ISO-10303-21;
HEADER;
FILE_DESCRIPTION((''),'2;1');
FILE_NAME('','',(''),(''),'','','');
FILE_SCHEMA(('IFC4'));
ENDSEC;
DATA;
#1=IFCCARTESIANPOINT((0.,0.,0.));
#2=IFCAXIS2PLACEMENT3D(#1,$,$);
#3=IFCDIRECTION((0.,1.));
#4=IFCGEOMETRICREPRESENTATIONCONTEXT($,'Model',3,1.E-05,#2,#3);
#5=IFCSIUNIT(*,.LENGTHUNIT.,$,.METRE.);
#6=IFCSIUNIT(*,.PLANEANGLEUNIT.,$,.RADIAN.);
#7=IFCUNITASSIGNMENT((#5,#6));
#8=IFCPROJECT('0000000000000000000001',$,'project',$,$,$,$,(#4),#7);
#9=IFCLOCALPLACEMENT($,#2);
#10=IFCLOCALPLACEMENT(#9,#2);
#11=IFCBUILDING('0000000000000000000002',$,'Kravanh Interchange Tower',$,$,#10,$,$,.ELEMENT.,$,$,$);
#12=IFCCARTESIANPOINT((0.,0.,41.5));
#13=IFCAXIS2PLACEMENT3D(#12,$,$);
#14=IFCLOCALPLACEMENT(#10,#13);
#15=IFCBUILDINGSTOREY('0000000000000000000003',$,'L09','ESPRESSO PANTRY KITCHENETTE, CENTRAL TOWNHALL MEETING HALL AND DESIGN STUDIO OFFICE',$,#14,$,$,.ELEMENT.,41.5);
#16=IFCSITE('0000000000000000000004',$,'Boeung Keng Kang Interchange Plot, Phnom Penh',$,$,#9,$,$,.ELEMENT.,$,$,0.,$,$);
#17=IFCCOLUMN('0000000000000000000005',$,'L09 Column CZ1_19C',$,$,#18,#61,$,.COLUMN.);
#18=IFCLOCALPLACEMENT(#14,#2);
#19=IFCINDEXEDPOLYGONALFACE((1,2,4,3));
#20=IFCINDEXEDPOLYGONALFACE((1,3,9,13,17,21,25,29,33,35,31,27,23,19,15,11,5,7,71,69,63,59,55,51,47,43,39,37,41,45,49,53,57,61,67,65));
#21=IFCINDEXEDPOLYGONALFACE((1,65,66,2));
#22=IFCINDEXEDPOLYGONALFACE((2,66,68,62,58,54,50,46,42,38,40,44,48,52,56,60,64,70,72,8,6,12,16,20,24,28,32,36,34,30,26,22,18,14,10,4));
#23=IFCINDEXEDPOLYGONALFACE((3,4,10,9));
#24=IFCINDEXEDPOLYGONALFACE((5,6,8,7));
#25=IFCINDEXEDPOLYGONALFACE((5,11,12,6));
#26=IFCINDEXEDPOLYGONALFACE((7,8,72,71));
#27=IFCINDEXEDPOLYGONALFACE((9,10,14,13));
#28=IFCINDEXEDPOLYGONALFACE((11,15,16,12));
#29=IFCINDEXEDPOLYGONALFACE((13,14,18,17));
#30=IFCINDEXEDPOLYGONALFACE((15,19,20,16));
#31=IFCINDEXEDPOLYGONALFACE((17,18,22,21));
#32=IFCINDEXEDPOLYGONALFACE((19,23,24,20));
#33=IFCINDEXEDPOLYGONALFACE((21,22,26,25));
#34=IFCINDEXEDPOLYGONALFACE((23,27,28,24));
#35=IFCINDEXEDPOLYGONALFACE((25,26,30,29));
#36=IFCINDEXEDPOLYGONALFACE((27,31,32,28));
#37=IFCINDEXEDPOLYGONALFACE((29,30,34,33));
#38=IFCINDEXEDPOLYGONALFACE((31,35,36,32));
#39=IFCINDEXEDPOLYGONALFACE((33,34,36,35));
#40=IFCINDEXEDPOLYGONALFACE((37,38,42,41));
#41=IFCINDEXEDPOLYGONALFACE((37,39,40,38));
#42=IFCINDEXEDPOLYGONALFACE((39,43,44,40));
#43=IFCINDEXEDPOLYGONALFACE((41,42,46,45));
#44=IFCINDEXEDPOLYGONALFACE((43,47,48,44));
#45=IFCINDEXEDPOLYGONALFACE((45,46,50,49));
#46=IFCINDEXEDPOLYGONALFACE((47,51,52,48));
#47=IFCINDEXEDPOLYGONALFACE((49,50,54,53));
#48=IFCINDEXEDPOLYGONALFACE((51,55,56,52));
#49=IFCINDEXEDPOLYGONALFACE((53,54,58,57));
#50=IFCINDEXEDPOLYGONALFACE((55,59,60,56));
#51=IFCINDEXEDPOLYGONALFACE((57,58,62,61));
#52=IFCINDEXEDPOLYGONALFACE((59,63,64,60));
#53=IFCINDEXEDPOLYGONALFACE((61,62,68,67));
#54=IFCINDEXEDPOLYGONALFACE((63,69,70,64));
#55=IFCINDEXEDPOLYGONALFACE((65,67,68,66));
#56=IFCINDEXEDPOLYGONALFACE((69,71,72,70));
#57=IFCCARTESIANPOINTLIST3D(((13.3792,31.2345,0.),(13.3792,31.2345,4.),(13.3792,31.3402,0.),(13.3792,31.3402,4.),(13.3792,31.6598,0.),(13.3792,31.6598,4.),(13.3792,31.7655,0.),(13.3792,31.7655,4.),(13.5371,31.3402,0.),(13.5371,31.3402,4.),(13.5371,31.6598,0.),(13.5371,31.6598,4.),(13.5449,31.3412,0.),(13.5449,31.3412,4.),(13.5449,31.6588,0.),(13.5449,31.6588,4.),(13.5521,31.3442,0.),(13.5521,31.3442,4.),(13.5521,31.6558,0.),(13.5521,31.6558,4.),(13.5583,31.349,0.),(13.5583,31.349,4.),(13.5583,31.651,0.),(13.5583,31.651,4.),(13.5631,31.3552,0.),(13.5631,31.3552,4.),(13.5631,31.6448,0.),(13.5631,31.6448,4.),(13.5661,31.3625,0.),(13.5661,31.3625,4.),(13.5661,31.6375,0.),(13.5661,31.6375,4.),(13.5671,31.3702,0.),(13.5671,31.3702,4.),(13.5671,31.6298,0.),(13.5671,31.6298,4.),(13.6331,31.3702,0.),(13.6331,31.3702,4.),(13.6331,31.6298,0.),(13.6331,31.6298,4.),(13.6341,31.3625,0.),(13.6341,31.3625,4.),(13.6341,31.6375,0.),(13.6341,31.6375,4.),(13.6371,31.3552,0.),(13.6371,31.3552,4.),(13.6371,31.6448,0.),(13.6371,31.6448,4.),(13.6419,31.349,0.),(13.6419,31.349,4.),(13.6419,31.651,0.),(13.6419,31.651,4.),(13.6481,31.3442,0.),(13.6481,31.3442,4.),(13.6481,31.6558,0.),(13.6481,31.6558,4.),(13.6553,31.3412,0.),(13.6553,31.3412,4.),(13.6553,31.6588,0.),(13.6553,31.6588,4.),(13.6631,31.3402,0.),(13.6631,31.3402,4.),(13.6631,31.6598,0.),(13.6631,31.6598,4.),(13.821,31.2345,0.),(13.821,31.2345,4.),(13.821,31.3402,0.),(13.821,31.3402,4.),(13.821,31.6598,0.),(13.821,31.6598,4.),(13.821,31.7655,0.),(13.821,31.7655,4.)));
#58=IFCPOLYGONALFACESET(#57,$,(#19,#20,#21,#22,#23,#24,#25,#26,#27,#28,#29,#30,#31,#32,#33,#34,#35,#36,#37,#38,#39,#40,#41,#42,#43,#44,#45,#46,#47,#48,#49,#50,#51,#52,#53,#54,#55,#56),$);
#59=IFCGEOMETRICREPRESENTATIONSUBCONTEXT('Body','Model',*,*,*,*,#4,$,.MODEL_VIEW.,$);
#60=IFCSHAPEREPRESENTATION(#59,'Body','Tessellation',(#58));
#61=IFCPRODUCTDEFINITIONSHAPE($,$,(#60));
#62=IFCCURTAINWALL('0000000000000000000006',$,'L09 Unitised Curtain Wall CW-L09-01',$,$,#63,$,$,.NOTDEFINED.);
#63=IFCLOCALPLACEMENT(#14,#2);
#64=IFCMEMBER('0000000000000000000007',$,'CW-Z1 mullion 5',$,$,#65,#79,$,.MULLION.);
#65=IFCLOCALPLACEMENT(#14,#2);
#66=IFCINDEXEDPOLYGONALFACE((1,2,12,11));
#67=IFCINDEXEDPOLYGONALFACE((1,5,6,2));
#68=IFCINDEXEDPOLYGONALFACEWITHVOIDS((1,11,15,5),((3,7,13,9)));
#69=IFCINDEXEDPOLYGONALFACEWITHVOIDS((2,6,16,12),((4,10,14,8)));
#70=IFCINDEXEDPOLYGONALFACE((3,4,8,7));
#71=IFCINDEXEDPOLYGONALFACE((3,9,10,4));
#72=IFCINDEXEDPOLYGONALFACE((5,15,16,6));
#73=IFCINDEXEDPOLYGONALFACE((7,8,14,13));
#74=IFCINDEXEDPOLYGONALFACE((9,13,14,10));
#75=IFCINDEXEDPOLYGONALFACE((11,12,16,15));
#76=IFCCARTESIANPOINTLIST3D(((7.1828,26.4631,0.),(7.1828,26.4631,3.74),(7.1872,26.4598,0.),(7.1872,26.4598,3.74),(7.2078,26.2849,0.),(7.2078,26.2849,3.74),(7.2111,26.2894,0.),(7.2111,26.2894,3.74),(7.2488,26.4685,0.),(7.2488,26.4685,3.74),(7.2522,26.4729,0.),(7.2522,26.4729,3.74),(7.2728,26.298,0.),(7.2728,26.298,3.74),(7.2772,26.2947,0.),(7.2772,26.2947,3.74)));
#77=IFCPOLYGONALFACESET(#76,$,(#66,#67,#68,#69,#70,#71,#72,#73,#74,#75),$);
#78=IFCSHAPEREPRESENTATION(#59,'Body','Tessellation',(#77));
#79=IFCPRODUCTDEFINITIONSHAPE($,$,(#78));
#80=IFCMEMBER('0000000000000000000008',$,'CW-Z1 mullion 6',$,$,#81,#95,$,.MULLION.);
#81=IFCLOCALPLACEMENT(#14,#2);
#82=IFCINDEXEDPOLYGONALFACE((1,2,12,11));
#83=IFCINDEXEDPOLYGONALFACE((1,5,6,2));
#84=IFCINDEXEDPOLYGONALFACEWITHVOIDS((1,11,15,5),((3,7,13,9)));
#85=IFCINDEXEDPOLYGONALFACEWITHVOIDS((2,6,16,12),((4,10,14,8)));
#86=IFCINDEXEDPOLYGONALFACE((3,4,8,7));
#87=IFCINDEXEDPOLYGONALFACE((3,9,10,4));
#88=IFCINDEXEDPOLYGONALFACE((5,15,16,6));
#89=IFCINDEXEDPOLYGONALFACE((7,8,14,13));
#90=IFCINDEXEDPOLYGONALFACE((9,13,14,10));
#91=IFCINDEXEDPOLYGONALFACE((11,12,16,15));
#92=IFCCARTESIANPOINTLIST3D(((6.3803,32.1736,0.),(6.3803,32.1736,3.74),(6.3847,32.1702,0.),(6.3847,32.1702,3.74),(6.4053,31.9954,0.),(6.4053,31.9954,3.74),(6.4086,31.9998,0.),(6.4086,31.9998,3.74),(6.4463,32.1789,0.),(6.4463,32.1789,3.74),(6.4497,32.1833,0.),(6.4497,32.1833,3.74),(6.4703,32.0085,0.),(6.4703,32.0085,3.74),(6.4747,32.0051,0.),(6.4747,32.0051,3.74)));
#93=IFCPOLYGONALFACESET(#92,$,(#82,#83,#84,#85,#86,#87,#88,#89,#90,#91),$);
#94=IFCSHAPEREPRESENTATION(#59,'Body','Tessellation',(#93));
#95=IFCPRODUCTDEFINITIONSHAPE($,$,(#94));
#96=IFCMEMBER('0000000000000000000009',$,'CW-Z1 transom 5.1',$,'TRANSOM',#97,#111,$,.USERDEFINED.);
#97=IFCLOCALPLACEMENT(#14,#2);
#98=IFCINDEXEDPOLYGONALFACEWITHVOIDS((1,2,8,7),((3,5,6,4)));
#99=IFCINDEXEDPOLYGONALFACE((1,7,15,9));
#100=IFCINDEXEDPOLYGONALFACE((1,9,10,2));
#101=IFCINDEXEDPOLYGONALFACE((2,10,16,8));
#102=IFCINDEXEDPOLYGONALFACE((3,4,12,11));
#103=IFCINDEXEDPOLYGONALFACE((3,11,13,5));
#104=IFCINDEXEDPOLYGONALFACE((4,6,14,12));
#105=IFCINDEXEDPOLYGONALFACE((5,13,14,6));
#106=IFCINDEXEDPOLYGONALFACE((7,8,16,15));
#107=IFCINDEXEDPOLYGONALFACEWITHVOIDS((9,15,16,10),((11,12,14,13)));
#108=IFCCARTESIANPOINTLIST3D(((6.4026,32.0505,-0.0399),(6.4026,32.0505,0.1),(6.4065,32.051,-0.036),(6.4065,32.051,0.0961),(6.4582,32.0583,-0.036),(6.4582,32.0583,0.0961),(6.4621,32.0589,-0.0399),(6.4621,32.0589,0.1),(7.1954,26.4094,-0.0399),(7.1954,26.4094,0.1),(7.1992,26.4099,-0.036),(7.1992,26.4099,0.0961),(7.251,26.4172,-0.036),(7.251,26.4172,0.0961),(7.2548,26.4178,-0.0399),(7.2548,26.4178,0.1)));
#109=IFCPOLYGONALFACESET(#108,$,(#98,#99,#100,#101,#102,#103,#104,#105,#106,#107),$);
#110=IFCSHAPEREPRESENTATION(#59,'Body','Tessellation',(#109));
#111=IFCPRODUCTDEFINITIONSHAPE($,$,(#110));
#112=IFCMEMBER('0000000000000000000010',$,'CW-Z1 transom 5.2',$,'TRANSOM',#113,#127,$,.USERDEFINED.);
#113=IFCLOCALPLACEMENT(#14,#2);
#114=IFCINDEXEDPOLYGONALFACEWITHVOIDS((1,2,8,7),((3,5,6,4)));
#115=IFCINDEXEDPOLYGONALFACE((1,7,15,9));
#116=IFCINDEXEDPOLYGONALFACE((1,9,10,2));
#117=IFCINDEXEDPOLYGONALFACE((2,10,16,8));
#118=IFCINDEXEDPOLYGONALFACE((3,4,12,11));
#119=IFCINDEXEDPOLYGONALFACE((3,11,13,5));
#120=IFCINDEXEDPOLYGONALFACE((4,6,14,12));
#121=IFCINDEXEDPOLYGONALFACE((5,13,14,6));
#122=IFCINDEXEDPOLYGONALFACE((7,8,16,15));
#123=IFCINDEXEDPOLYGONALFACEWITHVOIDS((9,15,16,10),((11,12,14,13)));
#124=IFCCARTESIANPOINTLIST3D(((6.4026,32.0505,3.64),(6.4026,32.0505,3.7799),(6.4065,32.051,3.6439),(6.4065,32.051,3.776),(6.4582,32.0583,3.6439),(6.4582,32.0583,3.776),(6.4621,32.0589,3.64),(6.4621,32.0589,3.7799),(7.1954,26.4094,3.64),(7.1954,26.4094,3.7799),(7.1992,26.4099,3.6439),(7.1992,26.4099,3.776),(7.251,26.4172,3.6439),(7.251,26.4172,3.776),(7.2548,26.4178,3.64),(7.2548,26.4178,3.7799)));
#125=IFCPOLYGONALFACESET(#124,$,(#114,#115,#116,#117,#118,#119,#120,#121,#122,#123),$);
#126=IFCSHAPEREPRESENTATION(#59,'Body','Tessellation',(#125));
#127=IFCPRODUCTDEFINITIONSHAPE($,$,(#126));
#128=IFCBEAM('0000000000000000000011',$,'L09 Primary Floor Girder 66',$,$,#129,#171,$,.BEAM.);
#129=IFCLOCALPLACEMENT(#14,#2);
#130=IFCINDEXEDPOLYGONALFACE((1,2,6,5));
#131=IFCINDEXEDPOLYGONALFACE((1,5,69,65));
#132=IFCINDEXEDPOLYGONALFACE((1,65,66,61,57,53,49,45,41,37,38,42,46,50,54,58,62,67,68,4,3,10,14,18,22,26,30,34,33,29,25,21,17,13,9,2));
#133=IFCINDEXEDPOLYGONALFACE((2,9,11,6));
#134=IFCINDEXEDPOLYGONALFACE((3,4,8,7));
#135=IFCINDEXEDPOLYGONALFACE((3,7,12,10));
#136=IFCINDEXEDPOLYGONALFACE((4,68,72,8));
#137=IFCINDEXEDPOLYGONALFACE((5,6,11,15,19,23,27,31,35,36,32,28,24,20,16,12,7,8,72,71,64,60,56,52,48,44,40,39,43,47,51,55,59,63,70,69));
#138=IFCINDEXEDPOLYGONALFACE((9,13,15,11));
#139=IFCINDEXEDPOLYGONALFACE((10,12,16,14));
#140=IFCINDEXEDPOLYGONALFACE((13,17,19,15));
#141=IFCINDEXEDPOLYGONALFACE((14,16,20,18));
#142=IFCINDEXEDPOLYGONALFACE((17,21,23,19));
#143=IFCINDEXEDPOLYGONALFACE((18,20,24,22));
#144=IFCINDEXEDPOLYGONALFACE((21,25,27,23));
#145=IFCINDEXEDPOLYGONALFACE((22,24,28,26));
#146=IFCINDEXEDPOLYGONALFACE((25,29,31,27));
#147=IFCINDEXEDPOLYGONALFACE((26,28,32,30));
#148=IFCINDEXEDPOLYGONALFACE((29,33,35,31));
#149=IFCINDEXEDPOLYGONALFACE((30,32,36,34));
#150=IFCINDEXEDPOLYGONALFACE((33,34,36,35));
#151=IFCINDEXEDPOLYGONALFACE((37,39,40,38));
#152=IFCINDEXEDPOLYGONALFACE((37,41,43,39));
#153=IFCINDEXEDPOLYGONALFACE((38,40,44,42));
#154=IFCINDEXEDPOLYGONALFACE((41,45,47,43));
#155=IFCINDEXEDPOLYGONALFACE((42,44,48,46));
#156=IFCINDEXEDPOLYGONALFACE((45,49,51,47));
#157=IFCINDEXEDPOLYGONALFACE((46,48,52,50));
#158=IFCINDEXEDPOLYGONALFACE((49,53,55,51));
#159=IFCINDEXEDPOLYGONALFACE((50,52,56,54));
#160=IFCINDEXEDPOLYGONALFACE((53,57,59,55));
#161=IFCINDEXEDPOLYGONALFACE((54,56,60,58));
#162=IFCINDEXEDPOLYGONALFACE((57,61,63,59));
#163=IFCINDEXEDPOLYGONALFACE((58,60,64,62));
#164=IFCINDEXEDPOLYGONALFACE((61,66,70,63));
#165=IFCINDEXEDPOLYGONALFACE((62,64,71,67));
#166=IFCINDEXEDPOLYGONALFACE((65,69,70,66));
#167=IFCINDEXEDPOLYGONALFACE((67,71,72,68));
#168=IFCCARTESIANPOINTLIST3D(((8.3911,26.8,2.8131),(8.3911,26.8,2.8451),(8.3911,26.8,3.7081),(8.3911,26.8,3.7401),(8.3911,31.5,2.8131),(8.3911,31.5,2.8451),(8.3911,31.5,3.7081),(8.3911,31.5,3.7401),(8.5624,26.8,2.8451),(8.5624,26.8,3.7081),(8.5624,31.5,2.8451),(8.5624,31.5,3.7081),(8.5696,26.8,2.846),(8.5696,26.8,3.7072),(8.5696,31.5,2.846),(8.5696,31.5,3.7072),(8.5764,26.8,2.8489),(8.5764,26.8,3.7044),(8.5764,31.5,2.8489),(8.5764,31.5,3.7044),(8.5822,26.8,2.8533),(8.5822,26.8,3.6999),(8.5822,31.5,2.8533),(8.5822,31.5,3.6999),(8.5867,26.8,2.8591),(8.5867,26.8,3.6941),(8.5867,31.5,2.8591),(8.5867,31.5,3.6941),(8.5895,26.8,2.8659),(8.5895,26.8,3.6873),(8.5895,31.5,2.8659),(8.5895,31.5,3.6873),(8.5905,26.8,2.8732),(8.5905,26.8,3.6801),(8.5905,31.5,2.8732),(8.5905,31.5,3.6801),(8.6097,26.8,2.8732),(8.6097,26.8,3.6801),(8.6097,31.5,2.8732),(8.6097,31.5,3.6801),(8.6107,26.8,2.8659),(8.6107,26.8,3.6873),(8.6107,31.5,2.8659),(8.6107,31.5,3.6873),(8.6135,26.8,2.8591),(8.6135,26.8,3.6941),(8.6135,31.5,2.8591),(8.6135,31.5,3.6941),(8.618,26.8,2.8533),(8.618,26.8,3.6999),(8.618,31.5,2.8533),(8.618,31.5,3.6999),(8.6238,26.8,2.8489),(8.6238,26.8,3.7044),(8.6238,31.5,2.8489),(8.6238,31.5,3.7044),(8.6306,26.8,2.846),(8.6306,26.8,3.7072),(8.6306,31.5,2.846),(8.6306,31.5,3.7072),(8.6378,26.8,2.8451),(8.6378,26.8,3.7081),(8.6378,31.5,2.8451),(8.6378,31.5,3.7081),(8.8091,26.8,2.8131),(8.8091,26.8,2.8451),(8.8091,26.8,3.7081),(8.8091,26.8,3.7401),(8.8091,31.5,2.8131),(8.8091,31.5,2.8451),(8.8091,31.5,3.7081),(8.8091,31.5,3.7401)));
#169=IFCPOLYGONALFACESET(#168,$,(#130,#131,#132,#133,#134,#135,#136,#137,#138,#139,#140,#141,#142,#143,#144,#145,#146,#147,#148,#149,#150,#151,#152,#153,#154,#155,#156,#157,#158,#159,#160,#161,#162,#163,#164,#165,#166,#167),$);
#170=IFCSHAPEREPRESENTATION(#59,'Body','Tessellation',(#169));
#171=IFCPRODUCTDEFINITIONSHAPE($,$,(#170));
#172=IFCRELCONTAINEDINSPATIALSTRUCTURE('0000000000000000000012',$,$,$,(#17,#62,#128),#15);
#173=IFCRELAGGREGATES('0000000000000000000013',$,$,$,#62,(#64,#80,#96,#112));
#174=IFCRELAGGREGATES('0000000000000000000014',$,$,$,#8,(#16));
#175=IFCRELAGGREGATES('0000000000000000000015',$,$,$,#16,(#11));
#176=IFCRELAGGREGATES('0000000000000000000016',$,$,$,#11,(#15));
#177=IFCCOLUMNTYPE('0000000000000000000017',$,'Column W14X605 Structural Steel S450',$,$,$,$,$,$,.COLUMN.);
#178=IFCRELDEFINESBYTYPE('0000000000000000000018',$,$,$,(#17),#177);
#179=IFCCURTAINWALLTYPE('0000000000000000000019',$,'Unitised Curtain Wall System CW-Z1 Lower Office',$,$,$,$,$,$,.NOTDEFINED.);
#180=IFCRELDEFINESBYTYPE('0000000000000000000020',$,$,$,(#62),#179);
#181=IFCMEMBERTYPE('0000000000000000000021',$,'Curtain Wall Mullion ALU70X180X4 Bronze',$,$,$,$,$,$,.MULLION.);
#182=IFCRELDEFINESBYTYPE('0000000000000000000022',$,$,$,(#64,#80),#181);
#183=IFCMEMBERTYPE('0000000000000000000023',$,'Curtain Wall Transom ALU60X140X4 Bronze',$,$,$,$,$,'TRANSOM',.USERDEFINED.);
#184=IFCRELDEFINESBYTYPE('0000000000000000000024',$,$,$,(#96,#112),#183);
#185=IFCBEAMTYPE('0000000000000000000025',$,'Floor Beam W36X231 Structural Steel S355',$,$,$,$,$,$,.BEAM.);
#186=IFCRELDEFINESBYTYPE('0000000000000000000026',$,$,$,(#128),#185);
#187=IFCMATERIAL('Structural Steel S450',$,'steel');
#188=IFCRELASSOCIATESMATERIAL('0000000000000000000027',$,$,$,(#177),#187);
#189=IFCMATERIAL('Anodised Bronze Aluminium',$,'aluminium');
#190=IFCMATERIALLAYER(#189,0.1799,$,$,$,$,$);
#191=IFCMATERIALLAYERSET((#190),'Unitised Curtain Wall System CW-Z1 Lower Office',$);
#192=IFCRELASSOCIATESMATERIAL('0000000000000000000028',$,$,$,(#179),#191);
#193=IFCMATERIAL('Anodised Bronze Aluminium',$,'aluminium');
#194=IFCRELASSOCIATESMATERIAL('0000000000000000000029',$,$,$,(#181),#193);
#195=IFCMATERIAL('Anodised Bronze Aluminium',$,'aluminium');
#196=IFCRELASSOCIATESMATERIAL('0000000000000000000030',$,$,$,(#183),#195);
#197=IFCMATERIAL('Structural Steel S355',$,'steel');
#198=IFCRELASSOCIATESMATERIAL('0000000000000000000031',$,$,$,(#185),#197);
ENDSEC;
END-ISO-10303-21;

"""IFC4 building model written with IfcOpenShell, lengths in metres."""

from ifc_helpers import new_model, si_unit, direction, frame, origin, origin_2d, place, context, subcontext, project, spatial, hollow_rectangle, i_section, extrude, material, layer, layer_set, material_profile, profile_set, type_object, element, aggregate, save


model = new_model("IFC4")

# Units and contexts
model_context = context("Model", 3, precision=1e-05, world=origin(), true_north=direction((0.0, 1.0)))
body_context = subcontext(model_context, "Body", "Model", "MODEL_VIEW")
ifc_project = project(units=[si_unit("LENGTHUNIT", "METRE"), si_unit("PLANEANGLEUNIT", "RADIAN")], contexts=[model_context])

# Site, building, storey
site_placement = place(None, origin())
site = spatial("IfcSite", under=ifc_project, at=site_placement, Name="Boeung Keng Kang Interchange Plot, Phnom Penh", CompositionType="ELEMENT", RefElevation=0.0)
building_placement = place(site_placement, origin())
building = spatial("IfcBuilding", under=site, at=building_placement, Name="Kravanh Interchange Tower", CompositionType="ELEMENT")
storey_placement = place(building_placement, frame((0.0, 0.0, 41.5)))
storey = spatial("IfcBuildingStorey", under=building, at=storey_placement, Name="L09", Description="ESPRESSO PANTRY KITCHENETTE, CENTRAL TOWNHALL MEETING HALL AND DESIGN STUDIO OFFICE", CompositionType="ELEMENT", Elevation=41.5)

# Column
ifc_material_1 = material(Name="Structural Steel S450", Category="steel")
ifc_material_profile_1 = material_profile(ifc_material_1, i_section(OverallWidth=0.4419, OverallDepth=0.531, WebThickness=0.0659, FlangeThickness=0.1057, FilletRadius=0.03, at=origin_2d()), Name="W14X605")
ifc_profile_set_1 = profile_set([ifc_material_profile_1], Name="Structural Steel S450")
column_type = type_object("IfcColumnType", Name="Column W14X605 Structural Steel S450", PredefinedType="COLUMN", material=ifc_profile_set_1)
for number, where, z_axis, x_axis, name in (
    (1, (13.6001, 31.5, 0.0), (0.0, 0.0, 1.0), (1.0, 0.0, 0.0), "L09 Column CZ1_19C"),
):
    element("IfcColumn", number, at=place(storey_placement, frame(where, z_axis=z_axis, x_axis=x_axis)), inside=storey, type_object=column_type, Name=name, PredefinedType="COLUMN", context=body_context, shape_type="SweptSolid", body=[
        extrude(i_section(OverallWidth=0.4419, OverallDepth=0.531, WebThickness=0.0659, FlangeThickness=0.1057, FilletRadius=0.03, at=origin_2d()), origin(), (0.0, 0.0, 1.0), 4.0),
    ])

# Curtain wall, members
ifc_material_2 = material(Name="Anodised Bronze Aluminium", Category="aluminium")
ifc_layer_1 = layer(ifc_material_2, 0.1799)
ifc_layer_set_1 = layer_set([ifc_layer_1], Name="Unitised Curtain Wall System CW-Z1 Lower Office")
curtain_wall_type = type_object("IfcCurtainWallType", Name="Unitised Curtain Wall System CW-Z1 Lower Office", PredefinedType="NOTDEFINED", material=ifc_layer_set_1)
curtain_wall_placement = place(storey_placement, origin())
curtain_wall = element("IfcCurtainWall", 2, at=curtain_wall_placement, inside=storey, type_object=curtain_wall_type, Name="L09 Unitised Curtain Wall CW-L09-01", PredefinedType="NOTDEFINED")
ifc_material_3 = material(Name="Anodised Bronze Aluminium", Category="aluminium")
ifc_material_profile_2 = material_profile(ifc_material_3, hollow_rectangle(XDim=0.0701, YDim=0.1799, WallThickness=0.0039, at=origin_2d()), Name="ALU70X180X4")
ifc_profile_set_2 = profile_set([ifc_material_profile_2], Name="Anodised Bronze Aluminium")
member_type_1 = type_object("IfcMemberType", Name="Curtain Wall Mullion ALU70X180X4 Bronze", PredefinedType="MULLION", material=ifc_profile_set_2)
member_1_placement = place(storey_placement, frame((7.23, 26.3789, 0.0), z_axis=(0.0, 0.0, 1.0), x_axis=(-0.990268, -0.139177, 0.0)))
member_1 = element("IfcMember", 3, at=member_1_placement, type_object=member_type_1, Name="CW-Z1 mullion 5", PredefinedType="MULLION", context=body_context, shape_type="SweptSolid", body=[
    extrude(hollow_rectangle(XDim=0.0701, YDim=0.1799, WallThickness=0.0039, at=origin_2d()), origin(), (0.0, 0.0, 1.0), 3.74),
])
member_2_placement = place(storey_placement, frame((6.4275, 32.0894, 0.0), z_axis=(0.0, 0.0, 1.0), x_axis=(-0.990268, -0.139177, 0.0)))
member_2 = element("IfcMember", 4, at=member_2_placement, type_object=member_type_1, Name="CW-Z1 mullion 6", PredefinedType="MULLION", context=body_context, shape_type="SweptSolid", body=[
    extrude(hollow_rectangle(XDim=0.0701, YDim=0.1799, WallThickness=0.0039, at=origin_2d()), origin(), (0.0, 0.0, 1.0), 3.74),
])
ifc_material_4 = material(Name="Anodised Bronze Aluminium", Category="aluminium")
ifc_material_profile_3 = material_profile(ifc_material_4, hollow_rectangle(XDim=0.0601, YDim=0.1399, WallThickness=0.0039, at=origin_2d()), Name="ALU60X140X4")
ifc_profile_set_3 = profile_set([ifc_material_profile_3], Name="Anodised Bronze Aluminium")
member_type_2 = type_object("IfcMemberType", Name="Curtain Wall Transom ALU60X140X4 Bronze", ElementType="TRANSOM", PredefinedType="USERDEFINED", material=ifc_profile_set_3)
member_3_placement = place(storey_placement, frame((7.2251, 26.4136, 0.03), z_axis=(-0.139159, 0.99027, 0.0), x_axis=(-0.99027, -0.139159, 0.0)))
member_3 = element("IfcMember", 5, at=member_3_placement, type_object=member_type_2, Name="CW-Z1 transom 5.1", ObjectType="TRANSOM", PredefinedType="USERDEFINED", context=body_context, shape_type="SweptSolid", body=[
    extrude(hollow_rectangle(XDim=0.0601, YDim=0.1399, WallThickness=0.0039, at=origin_2d()), origin(), (0.0, 0.0, 1.0), 5.6965),
])
member_4_placement = place(storey_placement, frame((7.2251, 26.4136, 3.71), z_axis=(-0.139159, 0.99027, 0.0), x_axis=(-0.99027, -0.139159, 0.0)))
member_4 = element("IfcMember", 6, at=member_4_placement, type_object=member_type_2, Name="CW-Z1 transom 5.2", ObjectType="TRANSOM", PredefinedType="USERDEFINED", context=body_context, shape_type="SweptSolid", body=[
    extrude(hollow_rectangle(XDim=0.0601, YDim=0.1399, WallThickness=0.0039, at=origin_2d()), origin(), (0.0, 0.0, 1.0), 5.6965),
])

# Beam
ifc_material_5 = material(Name="Structural Steel S355", Category="steel")
ifc_material_profile_4 = material_profile(ifc_material_5, i_section(OverallWidth=0.418, OverallDepth=0.927, WebThickness=0.0193, FlangeThickness=0.032, FilletRadius=0.0281, at=origin_2d()), Name="W36X231")
ifc_profile_set_4 = profile_set([ifc_material_profile_4], Name="Structural Steel S355")
beam_type_1 = type_object("IfcBeamType", Name="Floor Beam W36X231 Structural Steel S355", PredefinedType="BEAM", material=ifc_profile_set_4)
beam_1_placement = place(storey_placement, frame((8.6001, 26.8, 3.2766), z_axis=(0.0, 1.0, 0.0), x_axis=(-1.0, 0.0, 0.0)))
element("IfcBeam", 7, at=beam_1_placement, inside=storey, type_object=beam_type_1, Name="L09 Primary Floor Girder 66", PredefinedType="BEAM", context=body_context, shape_type="SweptSolid", body=[
    extrude(i_section(OverallWidth=0.418, OverallDepth=0.927, WebThickness=0.0193, FlangeThickness=0.032, FilletRadius=0.0281, at=origin_2d()), origin(), (0.0, 0.0, 1.0), 4.7),
])

aggregate(curtain_wall, [member_1, member_2, member_3, member_4])

save(model, "model.ifc")
